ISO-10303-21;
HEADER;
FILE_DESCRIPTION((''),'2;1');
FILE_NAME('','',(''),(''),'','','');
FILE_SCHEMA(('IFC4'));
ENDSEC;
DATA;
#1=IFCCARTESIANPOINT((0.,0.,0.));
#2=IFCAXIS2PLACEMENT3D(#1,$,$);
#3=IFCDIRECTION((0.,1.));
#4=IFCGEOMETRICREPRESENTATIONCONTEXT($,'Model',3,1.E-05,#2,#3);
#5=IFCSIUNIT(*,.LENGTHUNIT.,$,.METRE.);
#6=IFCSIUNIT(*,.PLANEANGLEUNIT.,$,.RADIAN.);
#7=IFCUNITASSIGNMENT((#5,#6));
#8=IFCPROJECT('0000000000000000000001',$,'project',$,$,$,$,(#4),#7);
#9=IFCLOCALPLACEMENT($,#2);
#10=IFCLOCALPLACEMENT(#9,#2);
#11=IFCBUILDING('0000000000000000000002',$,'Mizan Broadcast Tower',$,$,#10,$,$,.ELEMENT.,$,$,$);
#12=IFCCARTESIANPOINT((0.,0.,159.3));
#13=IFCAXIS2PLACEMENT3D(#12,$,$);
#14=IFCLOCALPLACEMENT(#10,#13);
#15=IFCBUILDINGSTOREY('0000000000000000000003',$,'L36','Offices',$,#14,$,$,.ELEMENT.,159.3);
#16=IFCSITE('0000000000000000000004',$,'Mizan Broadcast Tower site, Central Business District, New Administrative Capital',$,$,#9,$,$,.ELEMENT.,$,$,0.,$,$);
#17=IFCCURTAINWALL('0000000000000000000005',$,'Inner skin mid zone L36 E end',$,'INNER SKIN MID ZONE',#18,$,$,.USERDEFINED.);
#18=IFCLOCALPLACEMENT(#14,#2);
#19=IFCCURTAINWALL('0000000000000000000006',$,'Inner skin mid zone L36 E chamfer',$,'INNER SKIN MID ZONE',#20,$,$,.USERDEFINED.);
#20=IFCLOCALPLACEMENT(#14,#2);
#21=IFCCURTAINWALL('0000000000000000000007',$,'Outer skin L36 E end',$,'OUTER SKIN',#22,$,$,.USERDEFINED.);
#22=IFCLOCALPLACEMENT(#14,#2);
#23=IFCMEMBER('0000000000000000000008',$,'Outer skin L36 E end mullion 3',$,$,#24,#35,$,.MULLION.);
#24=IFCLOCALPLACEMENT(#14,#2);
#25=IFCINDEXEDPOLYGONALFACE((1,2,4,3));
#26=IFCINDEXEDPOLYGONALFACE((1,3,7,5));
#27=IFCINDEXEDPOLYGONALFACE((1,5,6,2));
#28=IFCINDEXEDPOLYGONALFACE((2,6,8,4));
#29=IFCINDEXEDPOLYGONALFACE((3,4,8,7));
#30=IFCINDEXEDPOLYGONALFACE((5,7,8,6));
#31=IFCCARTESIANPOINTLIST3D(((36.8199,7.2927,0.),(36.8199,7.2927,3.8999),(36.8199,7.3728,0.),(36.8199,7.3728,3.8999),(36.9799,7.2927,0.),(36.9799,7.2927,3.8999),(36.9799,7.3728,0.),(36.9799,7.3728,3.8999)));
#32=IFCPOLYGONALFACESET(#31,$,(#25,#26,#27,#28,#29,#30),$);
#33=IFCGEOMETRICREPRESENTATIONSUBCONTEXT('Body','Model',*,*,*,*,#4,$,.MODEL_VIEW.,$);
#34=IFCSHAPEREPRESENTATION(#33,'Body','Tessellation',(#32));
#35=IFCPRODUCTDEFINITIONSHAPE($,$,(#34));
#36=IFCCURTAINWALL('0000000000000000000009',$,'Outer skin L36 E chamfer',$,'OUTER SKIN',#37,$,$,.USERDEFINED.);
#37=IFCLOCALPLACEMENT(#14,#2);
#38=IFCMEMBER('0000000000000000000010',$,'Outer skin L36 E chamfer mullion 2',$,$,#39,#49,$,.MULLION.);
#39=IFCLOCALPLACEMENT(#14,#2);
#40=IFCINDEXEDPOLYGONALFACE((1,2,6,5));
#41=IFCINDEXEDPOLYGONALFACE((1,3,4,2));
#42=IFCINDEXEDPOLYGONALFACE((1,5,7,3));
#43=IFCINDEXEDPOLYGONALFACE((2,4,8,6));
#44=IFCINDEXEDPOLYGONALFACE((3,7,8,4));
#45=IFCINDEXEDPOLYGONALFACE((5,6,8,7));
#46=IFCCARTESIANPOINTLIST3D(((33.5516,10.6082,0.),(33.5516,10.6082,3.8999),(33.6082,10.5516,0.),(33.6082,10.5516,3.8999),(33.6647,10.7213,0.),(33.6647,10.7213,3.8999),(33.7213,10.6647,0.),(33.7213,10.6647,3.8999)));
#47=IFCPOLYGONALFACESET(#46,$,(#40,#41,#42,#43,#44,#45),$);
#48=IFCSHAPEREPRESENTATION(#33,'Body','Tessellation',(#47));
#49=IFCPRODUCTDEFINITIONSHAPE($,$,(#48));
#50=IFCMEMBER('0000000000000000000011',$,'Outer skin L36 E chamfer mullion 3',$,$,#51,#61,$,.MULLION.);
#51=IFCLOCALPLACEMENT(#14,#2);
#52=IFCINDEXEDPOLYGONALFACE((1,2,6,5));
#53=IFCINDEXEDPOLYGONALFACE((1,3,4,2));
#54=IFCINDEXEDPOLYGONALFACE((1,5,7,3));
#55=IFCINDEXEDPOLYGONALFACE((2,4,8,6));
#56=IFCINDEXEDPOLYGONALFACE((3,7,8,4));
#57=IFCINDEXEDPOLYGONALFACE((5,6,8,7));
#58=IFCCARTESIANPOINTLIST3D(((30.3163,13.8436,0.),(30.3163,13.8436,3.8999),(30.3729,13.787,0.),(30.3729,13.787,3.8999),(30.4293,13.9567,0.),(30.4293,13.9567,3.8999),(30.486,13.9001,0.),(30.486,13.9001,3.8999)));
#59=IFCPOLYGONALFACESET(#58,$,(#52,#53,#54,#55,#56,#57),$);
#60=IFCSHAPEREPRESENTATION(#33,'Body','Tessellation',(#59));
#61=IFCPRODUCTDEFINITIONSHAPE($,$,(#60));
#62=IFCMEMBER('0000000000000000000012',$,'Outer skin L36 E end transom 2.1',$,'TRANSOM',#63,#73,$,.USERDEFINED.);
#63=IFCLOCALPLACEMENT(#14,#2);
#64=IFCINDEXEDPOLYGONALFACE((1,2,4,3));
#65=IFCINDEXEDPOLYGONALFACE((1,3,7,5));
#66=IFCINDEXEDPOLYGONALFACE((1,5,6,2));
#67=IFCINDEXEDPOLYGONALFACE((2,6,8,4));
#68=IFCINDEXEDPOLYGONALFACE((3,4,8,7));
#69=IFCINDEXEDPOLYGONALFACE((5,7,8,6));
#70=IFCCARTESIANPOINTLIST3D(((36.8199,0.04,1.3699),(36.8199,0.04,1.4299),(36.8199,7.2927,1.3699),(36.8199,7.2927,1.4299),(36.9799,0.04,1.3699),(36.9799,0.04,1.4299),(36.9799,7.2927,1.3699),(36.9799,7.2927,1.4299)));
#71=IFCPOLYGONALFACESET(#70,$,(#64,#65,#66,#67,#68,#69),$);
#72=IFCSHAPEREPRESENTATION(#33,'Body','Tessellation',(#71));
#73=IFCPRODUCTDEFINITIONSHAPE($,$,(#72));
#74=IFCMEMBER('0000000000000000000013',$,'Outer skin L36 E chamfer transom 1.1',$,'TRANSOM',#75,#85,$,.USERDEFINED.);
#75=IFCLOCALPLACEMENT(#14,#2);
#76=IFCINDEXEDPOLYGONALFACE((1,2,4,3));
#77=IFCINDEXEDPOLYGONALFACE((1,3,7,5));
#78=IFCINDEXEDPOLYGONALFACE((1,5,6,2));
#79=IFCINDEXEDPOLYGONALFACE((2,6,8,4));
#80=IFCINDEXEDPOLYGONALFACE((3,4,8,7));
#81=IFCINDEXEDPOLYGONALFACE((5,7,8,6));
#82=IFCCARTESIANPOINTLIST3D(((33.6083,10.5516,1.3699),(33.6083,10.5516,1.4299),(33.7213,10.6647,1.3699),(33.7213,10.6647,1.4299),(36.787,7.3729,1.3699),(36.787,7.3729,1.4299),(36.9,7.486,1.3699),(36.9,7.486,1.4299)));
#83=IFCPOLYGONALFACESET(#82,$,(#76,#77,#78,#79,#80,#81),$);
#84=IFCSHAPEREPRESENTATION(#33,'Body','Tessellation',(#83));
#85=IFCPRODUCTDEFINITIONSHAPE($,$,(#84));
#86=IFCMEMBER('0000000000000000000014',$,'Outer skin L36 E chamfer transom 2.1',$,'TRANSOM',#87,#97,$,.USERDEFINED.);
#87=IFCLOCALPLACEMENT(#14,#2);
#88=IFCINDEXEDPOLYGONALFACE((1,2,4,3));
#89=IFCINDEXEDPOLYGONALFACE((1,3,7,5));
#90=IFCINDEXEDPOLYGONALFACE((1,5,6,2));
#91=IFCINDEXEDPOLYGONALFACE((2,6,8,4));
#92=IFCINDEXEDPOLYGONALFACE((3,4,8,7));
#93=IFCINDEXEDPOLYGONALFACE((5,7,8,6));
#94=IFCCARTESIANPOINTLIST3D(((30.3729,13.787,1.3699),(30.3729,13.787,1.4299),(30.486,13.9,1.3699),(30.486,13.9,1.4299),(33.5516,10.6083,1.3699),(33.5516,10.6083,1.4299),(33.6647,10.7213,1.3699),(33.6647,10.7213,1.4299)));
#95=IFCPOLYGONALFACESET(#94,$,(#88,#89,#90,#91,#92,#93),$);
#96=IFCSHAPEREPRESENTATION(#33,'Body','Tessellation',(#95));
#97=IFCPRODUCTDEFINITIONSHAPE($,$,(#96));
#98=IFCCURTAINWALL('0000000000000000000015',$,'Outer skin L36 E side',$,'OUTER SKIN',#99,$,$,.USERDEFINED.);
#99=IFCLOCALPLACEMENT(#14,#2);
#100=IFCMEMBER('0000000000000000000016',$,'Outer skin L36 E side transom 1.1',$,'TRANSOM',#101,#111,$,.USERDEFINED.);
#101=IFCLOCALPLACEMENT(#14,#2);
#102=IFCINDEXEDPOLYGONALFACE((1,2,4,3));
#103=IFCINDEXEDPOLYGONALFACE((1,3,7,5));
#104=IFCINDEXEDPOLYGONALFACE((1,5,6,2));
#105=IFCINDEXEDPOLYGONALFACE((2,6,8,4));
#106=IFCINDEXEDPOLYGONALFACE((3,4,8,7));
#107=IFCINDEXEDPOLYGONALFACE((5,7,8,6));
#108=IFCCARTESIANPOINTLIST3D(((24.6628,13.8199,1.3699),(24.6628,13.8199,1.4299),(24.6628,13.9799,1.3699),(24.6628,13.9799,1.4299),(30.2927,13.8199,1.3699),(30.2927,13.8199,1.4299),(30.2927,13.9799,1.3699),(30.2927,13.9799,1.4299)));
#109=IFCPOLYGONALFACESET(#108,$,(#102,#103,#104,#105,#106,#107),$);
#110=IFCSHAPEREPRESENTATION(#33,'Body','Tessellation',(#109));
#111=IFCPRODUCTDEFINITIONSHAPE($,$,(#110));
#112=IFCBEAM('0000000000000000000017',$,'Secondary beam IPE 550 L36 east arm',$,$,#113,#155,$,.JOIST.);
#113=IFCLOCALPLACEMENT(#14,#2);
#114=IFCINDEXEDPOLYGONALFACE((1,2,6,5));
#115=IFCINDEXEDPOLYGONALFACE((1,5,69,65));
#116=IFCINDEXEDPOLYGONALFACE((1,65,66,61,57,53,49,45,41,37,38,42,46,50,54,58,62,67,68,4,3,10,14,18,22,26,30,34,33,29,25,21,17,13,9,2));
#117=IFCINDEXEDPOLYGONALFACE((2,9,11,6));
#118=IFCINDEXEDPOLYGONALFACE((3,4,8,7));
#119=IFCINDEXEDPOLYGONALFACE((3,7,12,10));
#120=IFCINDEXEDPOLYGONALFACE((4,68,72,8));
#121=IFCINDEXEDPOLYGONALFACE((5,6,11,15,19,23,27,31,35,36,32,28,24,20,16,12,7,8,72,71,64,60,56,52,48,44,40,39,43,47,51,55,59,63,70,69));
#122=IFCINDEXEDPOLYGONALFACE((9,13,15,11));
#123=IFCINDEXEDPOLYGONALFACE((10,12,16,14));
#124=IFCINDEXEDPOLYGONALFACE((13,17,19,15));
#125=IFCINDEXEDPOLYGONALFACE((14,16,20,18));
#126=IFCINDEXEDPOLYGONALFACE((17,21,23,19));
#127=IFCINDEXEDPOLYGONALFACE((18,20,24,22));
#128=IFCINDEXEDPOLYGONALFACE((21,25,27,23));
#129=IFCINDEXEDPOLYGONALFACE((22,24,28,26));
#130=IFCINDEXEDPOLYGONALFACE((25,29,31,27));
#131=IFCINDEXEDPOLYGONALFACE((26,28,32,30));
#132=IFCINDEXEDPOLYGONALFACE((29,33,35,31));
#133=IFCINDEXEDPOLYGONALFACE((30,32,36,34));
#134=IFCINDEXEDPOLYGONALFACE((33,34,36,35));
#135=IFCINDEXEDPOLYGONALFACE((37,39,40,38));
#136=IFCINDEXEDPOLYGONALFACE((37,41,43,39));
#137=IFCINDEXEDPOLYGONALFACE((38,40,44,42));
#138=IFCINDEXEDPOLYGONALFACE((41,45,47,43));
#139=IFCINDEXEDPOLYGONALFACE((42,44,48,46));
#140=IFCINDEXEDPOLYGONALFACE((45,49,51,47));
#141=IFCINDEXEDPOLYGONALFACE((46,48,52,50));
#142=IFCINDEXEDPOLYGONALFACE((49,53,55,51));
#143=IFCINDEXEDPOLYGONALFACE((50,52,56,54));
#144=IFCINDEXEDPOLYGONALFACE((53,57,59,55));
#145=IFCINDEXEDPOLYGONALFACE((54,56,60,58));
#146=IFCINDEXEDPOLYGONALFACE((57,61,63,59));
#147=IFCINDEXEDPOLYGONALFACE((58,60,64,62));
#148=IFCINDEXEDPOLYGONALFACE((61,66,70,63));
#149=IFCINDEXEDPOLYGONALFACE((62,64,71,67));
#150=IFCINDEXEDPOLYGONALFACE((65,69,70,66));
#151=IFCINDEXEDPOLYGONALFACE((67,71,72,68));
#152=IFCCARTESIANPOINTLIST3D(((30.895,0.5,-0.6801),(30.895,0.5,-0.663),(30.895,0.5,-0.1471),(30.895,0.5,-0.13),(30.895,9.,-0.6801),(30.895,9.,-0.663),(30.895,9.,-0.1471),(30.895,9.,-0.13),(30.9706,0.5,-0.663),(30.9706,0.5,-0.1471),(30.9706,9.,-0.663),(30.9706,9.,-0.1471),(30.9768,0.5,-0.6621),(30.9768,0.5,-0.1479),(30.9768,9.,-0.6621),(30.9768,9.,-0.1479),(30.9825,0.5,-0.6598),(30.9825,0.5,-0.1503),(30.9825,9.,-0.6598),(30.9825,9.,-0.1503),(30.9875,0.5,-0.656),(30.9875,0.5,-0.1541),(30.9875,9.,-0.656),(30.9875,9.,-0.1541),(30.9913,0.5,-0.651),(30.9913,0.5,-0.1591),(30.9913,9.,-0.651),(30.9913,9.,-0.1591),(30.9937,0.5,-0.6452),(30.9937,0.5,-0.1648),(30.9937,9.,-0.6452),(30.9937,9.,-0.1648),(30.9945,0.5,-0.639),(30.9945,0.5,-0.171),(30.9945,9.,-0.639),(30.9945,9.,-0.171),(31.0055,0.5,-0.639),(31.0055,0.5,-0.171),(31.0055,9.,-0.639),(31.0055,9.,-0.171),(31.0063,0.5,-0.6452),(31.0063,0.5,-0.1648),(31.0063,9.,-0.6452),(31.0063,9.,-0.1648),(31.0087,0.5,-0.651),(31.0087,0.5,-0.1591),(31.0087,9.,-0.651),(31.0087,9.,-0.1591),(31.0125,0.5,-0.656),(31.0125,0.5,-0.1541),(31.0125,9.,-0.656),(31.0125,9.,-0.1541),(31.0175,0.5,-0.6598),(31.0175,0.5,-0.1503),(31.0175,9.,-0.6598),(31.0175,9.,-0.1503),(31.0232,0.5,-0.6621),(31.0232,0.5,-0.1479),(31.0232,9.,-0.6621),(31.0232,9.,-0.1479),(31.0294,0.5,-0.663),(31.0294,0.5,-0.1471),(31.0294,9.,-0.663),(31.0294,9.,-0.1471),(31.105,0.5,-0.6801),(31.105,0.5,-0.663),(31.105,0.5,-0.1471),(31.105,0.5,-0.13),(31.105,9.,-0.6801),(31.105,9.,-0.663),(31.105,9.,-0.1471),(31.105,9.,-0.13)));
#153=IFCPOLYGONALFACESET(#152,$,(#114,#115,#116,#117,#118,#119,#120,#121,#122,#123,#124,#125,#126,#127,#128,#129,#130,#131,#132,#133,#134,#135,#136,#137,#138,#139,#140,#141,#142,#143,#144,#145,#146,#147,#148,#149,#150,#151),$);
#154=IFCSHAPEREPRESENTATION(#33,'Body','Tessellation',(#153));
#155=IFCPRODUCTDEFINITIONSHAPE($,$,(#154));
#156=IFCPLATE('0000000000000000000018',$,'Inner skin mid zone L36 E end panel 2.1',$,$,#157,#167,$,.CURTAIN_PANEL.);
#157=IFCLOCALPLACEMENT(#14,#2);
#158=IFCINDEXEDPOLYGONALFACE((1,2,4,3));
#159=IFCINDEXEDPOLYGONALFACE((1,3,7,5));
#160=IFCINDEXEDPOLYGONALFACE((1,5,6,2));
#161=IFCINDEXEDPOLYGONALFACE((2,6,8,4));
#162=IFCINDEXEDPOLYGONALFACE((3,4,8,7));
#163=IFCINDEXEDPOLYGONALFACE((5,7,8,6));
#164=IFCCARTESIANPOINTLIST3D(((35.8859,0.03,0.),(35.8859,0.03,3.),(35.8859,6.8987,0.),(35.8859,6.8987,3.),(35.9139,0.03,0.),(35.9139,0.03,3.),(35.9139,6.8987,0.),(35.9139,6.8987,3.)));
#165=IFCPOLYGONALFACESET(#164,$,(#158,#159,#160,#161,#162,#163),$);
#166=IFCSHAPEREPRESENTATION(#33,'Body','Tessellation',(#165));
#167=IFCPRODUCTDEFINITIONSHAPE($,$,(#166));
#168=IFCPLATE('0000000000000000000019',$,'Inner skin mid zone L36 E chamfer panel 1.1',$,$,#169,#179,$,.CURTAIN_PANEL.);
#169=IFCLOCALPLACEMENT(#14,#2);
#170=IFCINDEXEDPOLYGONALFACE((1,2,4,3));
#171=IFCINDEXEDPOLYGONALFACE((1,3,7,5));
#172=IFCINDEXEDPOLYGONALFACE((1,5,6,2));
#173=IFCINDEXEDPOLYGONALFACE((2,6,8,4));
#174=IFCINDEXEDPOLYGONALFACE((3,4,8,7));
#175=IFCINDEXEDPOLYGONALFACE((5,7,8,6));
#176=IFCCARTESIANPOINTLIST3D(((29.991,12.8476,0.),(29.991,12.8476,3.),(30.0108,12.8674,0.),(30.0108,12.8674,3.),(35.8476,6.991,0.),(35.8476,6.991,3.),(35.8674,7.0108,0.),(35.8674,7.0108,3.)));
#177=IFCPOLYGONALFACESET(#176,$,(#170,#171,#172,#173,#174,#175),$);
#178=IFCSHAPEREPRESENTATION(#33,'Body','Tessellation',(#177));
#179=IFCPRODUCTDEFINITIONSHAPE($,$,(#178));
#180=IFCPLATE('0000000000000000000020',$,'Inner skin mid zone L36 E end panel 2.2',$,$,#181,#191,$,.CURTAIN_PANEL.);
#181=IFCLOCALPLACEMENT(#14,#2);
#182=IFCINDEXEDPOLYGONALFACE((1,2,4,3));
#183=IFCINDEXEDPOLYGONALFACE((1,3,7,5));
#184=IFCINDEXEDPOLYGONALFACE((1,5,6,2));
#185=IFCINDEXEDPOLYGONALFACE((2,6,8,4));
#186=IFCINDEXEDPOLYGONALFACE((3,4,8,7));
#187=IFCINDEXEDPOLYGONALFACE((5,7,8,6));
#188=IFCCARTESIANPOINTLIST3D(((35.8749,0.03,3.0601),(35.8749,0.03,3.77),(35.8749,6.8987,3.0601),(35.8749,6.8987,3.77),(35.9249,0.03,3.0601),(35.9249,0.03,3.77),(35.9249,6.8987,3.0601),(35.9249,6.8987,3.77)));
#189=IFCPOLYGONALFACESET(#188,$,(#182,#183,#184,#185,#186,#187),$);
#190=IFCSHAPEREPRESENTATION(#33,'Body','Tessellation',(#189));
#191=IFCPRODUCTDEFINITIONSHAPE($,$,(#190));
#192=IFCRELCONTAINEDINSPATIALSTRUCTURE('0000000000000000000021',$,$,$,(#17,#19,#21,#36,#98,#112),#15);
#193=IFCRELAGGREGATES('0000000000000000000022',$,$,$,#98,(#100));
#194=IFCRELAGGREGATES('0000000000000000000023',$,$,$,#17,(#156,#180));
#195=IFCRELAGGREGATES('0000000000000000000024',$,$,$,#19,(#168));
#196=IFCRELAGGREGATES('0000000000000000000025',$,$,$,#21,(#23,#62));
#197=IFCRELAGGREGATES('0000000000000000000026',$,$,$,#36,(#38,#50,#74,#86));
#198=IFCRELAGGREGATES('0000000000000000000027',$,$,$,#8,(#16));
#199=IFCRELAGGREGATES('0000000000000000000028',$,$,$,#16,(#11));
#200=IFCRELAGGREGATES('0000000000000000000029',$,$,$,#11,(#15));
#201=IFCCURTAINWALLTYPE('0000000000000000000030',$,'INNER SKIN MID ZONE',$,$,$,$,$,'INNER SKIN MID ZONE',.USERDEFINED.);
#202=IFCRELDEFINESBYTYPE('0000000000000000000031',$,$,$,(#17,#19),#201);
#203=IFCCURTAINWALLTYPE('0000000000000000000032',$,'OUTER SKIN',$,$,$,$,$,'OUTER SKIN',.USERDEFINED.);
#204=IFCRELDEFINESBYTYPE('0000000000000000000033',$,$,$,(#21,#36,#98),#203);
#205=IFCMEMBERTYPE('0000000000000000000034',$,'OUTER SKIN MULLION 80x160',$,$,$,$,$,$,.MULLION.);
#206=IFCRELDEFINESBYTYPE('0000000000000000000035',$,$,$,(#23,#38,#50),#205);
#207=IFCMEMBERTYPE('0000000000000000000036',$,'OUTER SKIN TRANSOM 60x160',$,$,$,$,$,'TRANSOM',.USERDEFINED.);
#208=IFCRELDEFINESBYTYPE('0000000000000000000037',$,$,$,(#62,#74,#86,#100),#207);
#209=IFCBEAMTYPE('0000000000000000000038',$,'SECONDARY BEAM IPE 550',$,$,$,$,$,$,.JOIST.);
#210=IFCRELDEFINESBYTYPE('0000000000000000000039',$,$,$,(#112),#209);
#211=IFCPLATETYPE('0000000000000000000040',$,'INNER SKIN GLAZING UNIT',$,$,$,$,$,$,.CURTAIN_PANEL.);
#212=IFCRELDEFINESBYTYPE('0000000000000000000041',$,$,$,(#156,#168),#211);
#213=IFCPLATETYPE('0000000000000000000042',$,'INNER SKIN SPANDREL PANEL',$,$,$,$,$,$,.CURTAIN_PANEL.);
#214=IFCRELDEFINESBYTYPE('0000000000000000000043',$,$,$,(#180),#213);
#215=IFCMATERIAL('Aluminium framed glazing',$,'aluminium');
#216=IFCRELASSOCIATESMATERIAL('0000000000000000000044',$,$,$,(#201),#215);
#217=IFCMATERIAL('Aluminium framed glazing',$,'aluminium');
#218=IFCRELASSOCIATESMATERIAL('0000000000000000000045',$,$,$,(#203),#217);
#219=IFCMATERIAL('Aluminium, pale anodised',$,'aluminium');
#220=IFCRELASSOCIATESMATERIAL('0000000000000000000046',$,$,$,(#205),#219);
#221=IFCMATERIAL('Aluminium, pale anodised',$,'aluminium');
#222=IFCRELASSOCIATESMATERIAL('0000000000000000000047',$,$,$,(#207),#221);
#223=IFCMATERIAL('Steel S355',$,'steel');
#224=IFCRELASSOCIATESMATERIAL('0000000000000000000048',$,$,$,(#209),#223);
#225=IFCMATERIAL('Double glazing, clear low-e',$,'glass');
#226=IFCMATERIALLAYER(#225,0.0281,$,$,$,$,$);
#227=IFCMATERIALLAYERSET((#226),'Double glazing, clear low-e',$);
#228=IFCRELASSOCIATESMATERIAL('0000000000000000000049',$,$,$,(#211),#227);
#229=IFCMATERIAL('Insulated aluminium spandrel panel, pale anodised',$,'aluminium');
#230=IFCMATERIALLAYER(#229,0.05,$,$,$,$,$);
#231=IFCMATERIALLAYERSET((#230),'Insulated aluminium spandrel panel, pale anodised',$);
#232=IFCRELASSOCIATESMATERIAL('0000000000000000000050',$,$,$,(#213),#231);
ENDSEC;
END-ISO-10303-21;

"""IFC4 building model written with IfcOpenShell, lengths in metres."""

from ifc_helpers import new_model, si_unit, direction, frame, origin, origin_2d, place, context, subcontext, project, spatial, rectangle, i_section, extrude, material, layer, layer_set, material_profile, profile_set, type_object, element, aggregate, save


model = new_model("IFC4")

# Units and contexts
model_context = context("Model", 3, precision=1e-05, world=origin(), true_north=direction((0.0, 1.0)))
body_context = subcontext(model_context, "Body", "Model", "MODEL_VIEW")
ifc_project = project(units=[si_unit("LENGTHUNIT", "METRE"), si_unit("PLANEANGLEUNIT", "RADIAN")], contexts=[model_context])

# Site, building, storey
site_placement = place(None, origin())
site = spatial("IfcSite", under=ifc_project, at=site_placement, Name="Mizan Broadcast Tower site, Central Business District, New Administrative Capital", CompositionType="ELEMENT", RefElevation=0.0)
building_placement = place(site_placement, origin())
building = spatial("IfcBuilding", under=site, at=building_placement, Name="Mizan Broadcast Tower", CompositionType="ELEMENT")
storey_placement = place(building_placement, frame((0.0, 0.0, 159.3)))
storey = spatial("IfcBuildingStorey", under=building, at=storey_placement, Name="L36", Description="Offices", CompositionType="ELEMENT", Elevation=159.3)

# Curtain wall
ifc_material_1 = material(Name="Aluminium framed glazing", Category="aluminium")
curtain_wall_type_1 = type_object("IfcCurtainWallType", Name="INNER SKIN MID ZONE", ElementType="INNER SKIN MID ZONE", PredefinedType="USERDEFINED", material=ifc_material_1)
curtain_wall_1_placement = place(storey_placement, origin())
curtain_wall_1 = element("IfcCurtainWall", 1, at=curtain_wall_1_placement, inside=storey, type_object=curtain_wall_type_1, Name="Inner skin mid zone L36 E end", ObjectType="INNER SKIN MID ZONE", PredefinedType="USERDEFINED")

# Curtain wall
curtain_wall_2_placement = place(storey_placement, origin())
curtain_wall_2 = element("IfcCurtainWall", 2, at=curtain_wall_2_placement, inside=storey, type_object=curtain_wall_type_1, Name="Inner skin mid zone L36 E chamfer", ObjectType="INNER SKIN MID ZONE", PredefinedType="USERDEFINED")

# Curtain walls, members
ifc_material_2 = material(Name="Aluminium framed glazing", Category="aluminium")
curtain_wall_type_2 = type_object("IfcCurtainWallType", Name="OUTER SKIN", ElementType="OUTER SKIN", PredefinedType="USERDEFINED", material=ifc_material_2)
curtain_wall_3_placement = place(storey_placement, origin())
curtain_wall_3 = element("IfcCurtainWall", 3, at=curtain_wall_3_placement, inside=storey, type_object=curtain_wall_type_2, Name="Outer skin L36 E end", ObjectType="OUTER SKIN", PredefinedType="USERDEFINED")
ifc_material_3 = material(Name="Aluminium, pale anodised", Category="aluminium")
ifc_material_profile_1 = material_profile(ifc_material_3, rectangle(XDim=0.1599, YDim=0.0801, at=origin_2d()), Name="MULLION 160x80")
ifc_profile_set_1 = profile_set([ifc_material_profile_1], Name="Aluminium, pale anodised")
member_type_1 = type_object("IfcMemberType", Name="OUTER SKIN MULLION 80x160", PredefinedType="MULLION", material=ifc_profile_set_1)
member_1_placement = place(storey_placement, frame((36.8999, 7.3328, 0.0), z_axis=(0.0, 0.0, 1.0), x_axis=(-1.0, 0.0, 0.0)))
member_1 = element("IfcMember", 4, at=member_1_placement, type_object=member_type_1, Name="Outer skin L36 E end mullion 3", PredefinedType="MULLION", context=body_context, shape_type="SweptSolid", body=[
    extrude(rectangle(XDim=0.1599, YDim=0.0801, at=origin_2d()), origin(), (0.0, 0.0, 1.0), 3.8999),
])
curtain_wall_4_placement = place(storey_placement, origin())
curtain_wall_4 = element("IfcCurtainWall", 5, at=curtain_wall_4_placement, inside=storey, type_object=curtain_wall_type_2, Name="Outer skin L36 E chamfer", ObjectType="OUTER SKIN", PredefinedType="USERDEFINED")
member_2_placement = place(storey_placement, frame((33.6365, 10.6365, 0.0), z_axis=(0.0, 0.0, 1.0), x_axis=(-0.707107, -0.707107, 0.0)))
member_2 = element("IfcMember", 6, at=member_2_placement, type_object=member_type_1, Name="Outer skin L36 E chamfer mullion 2", PredefinedType="MULLION", context=body_context, shape_type="SweptSolid", body=[
    extrude(rectangle(XDim=0.1599, YDim=0.0801, at=origin_2d()), origin(), (0.0, 0.0, 1.0), 3.8999),
])
member_3_placement = place(storey_placement, frame((30.4011, 13.8718, 0.0), z_axis=(0.0, 0.0, 1.0), x_axis=(-0.707107, -0.707107, 0.0)))
member_3 = element("IfcMember", 7, at=member_3_placement, type_object=member_type_1, Name="Outer skin L36 E chamfer mullion 3", PredefinedType="MULLION", context=body_context, shape_type="SweptSolid", body=[
    extrude(rectangle(XDim=0.1599, YDim=0.0801, at=origin_2d()), origin(), (0.0, 0.0, 1.0), 3.8999),
])

# Members
ifc_material_4 = material(Name="Aluminium, pale anodised", Category="aluminium")
ifc_material_profile_2 = material_profile(ifc_material_4, rectangle(XDim=0.1599, YDim=0.0601, at=origin_2d()), Name="TRANSOM 160x60")
ifc_profile_set_2 = profile_set([ifc_material_profile_2], Name="Aluminium, pale anodised")
member_type_2 = type_object("IfcMemberType", Name="OUTER SKIN TRANSOM 60x160", ElementType="TRANSOM", PredefinedType="USERDEFINED", material=ifc_profile_set_2)
member_4_placement = place(storey_placement, frame((36.8999, 0.04, 1.3999), z_axis=(0.0, 1.0, 0.0), x_axis=(-1.0, 0.0, 0.0)))
member_4 = element("IfcMember", 8, at=member_4_placement, type_object=member_type_2, Name="Outer skin L36 E end transom 2.1", ObjectType="TRANSOM", PredefinedType="USERDEFINED", context=body_context, shape_type="SweptSolid", body=[
    extrude(rectangle(XDim=0.1599, YDim=0.0601, at=origin_2d()), origin(), (0.0, 0.0, 1.0), 7.2527),
])
member_5_placement = place(storey_placement, frame((36.8435, 7.4294, 1.3999), z_axis=(-0.707107, 0.707107, 0.0), x_axis=(-0.707107, -0.707107, 0.0)))
member_5 = element("IfcMember", 9, at=member_5_placement, type_object=member_type_2, Name="Outer skin L36 E chamfer transom 1.1", ObjectType="TRANSOM", PredefinedType="USERDEFINED", context=body_context, shape_type="SweptSolid", body=[
    extrude(rectangle(XDim=0.1599, YDim=0.0601, at=origin_2d()), origin(), (0.0, 0.0, 1.0), 4.4954),
])
member_6_placement = place(storey_placement, frame((33.6082, 10.6648, 1.3999), z_axis=(-0.707107, 0.707107, 0.0), x_axis=(-0.707107, -0.707107, 0.0)))
member_6 = element("IfcMember", 10, at=member_6_placement, type_object=member_type_2, Name="Outer skin L36 E chamfer transom 2.1", ObjectType="TRANSOM", PredefinedType="USERDEFINED", context=body_context, shape_type="SweptSolid", body=[
    extrude(rectangle(XDim=0.1599, YDim=0.0601, at=origin_2d()), origin(), (0.0, 0.0, 1.0), 4.4954),
])

# Curtain wall, member
curtain_wall_5_placement = place(storey_placement, origin())
curtain_wall_5 = element("IfcCurtainWall", 11, at=curtain_wall_5_placement, inside=storey, type_object=curtain_wall_type_2, Name="Outer skin L36 E side", ObjectType="OUTER SKIN", PredefinedType="USERDEFINED")
member_7_placement = place(storey_placement, frame((30.2927, 13.8999, 1.3999), z_axis=(-1.0, 0.0, 0.0), x_axis=(0.0, -1.0, 0.0)))
member_7 = element("IfcMember", 12, at=member_7_placement, type_object=member_type_2, Name="Outer skin L36 E side transom 1.1", ObjectType="TRANSOM", PredefinedType="USERDEFINED", context=body_context, shape_type="SweptSolid", body=[
    extrude(rectangle(XDim=0.1599, YDim=0.0601, at=origin_2d()), origin(), (0.0, 0.0, 1.0), 5.6299),
])
aggregate(curtain_wall_5, [member_7])

# Beam
ifc_material_5 = material(Name="Steel S355", Category="steel")
ifc_material_profile_3 = material_profile(ifc_material_5, i_section(OverallWidth=0.21, OverallDepth=0.55, WebThickness=0.011, FlangeThickness=0.0171, FilletRadius=0.0239, at=origin_2d()), Name="IPE 550")
ifc_profile_set_3 = profile_set([ifc_material_profile_3], Name="Steel S355")
beam_type_1 = type_object("IfcBeamType", Name="SECONDARY BEAM IPE 550", PredefinedType="JOIST", material=ifc_profile_set_3)
beam_1_placement = place(storey_placement, frame((31.0, 9.0, -0.405), z_axis=(0.0, -1.0, 0.0), x_axis=(1.0, 0.0, 0.0)))
element("IfcBeam", 13, at=beam_1_placement, inside=storey, type_object=beam_type_1, Name="Secondary beam IPE 550 L36 east arm", PredefinedType="JOIST", context=body_context, shape_type="SweptSolid", body=[
    extrude(i_section(OverallWidth=0.21, OverallDepth=0.55, WebThickness=0.011, FlangeThickness=0.0171, FilletRadius=0.0239, at=origin_2d()), origin(), (0.0, 0.0, 1.0), 8.5),
])

# Plates
ifc_material_6 = material(Name="Double glazing, clear low-e", Category="glass")
ifc_layer_1 = layer(ifc_material_6, 0.0281)
ifc_layer_set_1 = layer_set([ifc_layer_1], Name="Double glazing, clear low-e")
plate_type_1 = type_object("IfcPlateType", Name="INNER SKIN GLAZING UNIT", PredefinedType="CURTAIN_PANEL", material=ifc_layer_set_1)
plate_1_placement = place(storey_placement, frame((35.8999, 3.4644, 0.0), z_axis=(0.0, 0.0, 1.0), x_axis=(0.0, 1.0, 0.0)))
plate_1 = element("IfcPlate", 14, at=plate_1_placement, type_object=plate_type_1, Name="Inner skin mid zone L36 E end panel 2.1", PredefinedType="CURTAIN_PANEL", context=body_context, shape_type="SweptSolid", body=[
    extrude(rectangle(XDim=6.8687, YDim=0.0281, at=origin_2d()), origin(), (0.0, 0.0, 1.0), 3.0),
])
plate_2_placement = place(storey_placement, frame((32.9292, 9.9292, 0.0), z_axis=(0.0, 0.0, 1.0), x_axis=(-0.707107, 0.707107, 0.0)))
plate_2 = element("IfcPlate", 15, at=plate_2_placement, type_object=plate_type_1, Name="Inner skin mid zone L36 E chamfer panel 1.1", PredefinedType="CURTAIN_PANEL", context=body_context, shape_type="SweptSolid", body=[
    extrude(rectangle(XDim=8.2825, YDim=0.0281, at=origin_2d()), origin(), (0.0, 0.0, 1.0), 3.0),
])
ifc_material_7 = material(Name="Insulated aluminium spandrel panel, pale anodised", Category="aluminium")
ifc_layer_2 = layer(ifc_material_7, 0.05)
ifc_layer_set_2 = layer_set([ifc_layer_2], Name="Insulated aluminium spandrel panel, pale anodised")
plate_type_2 = type_object("IfcPlateType", Name="INNER SKIN SPANDREL PANEL", PredefinedType="CURTAIN_PANEL", material=ifc_layer_set_2)
plate_3_placement = place(storey_placement, frame((35.8999, 3.4644, 3.0601), z_axis=(0.0, 0.0, 1.0), x_axis=(0.0, 1.0, 0.0)))
plate_3 = element("IfcPlate", 16, at=plate_3_placement, type_object=plate_type_2, Name="Inner skin mid zone L36 E end panel 2.2", PredefinedType="CURTAIN_PANEL", context=body_context, shape_type="SweptSolid", body=[
    extrude(rectangle(XDim=6.8687, YDim=0.05, at=origin_2d()), origin(), (0.0, 0.0, 1.0), 0.71),
])
aggregate(curtain_wall_1, [plate_1, plate_3])
aggregate(curtain_wall_2, [plate_2])
aggregate(curtain_wall_3, [member_1, member_4])
aggregate(curtain_wall_4, [member_2, member_3, member_5, member_6])

save(model, "model.ifc")
